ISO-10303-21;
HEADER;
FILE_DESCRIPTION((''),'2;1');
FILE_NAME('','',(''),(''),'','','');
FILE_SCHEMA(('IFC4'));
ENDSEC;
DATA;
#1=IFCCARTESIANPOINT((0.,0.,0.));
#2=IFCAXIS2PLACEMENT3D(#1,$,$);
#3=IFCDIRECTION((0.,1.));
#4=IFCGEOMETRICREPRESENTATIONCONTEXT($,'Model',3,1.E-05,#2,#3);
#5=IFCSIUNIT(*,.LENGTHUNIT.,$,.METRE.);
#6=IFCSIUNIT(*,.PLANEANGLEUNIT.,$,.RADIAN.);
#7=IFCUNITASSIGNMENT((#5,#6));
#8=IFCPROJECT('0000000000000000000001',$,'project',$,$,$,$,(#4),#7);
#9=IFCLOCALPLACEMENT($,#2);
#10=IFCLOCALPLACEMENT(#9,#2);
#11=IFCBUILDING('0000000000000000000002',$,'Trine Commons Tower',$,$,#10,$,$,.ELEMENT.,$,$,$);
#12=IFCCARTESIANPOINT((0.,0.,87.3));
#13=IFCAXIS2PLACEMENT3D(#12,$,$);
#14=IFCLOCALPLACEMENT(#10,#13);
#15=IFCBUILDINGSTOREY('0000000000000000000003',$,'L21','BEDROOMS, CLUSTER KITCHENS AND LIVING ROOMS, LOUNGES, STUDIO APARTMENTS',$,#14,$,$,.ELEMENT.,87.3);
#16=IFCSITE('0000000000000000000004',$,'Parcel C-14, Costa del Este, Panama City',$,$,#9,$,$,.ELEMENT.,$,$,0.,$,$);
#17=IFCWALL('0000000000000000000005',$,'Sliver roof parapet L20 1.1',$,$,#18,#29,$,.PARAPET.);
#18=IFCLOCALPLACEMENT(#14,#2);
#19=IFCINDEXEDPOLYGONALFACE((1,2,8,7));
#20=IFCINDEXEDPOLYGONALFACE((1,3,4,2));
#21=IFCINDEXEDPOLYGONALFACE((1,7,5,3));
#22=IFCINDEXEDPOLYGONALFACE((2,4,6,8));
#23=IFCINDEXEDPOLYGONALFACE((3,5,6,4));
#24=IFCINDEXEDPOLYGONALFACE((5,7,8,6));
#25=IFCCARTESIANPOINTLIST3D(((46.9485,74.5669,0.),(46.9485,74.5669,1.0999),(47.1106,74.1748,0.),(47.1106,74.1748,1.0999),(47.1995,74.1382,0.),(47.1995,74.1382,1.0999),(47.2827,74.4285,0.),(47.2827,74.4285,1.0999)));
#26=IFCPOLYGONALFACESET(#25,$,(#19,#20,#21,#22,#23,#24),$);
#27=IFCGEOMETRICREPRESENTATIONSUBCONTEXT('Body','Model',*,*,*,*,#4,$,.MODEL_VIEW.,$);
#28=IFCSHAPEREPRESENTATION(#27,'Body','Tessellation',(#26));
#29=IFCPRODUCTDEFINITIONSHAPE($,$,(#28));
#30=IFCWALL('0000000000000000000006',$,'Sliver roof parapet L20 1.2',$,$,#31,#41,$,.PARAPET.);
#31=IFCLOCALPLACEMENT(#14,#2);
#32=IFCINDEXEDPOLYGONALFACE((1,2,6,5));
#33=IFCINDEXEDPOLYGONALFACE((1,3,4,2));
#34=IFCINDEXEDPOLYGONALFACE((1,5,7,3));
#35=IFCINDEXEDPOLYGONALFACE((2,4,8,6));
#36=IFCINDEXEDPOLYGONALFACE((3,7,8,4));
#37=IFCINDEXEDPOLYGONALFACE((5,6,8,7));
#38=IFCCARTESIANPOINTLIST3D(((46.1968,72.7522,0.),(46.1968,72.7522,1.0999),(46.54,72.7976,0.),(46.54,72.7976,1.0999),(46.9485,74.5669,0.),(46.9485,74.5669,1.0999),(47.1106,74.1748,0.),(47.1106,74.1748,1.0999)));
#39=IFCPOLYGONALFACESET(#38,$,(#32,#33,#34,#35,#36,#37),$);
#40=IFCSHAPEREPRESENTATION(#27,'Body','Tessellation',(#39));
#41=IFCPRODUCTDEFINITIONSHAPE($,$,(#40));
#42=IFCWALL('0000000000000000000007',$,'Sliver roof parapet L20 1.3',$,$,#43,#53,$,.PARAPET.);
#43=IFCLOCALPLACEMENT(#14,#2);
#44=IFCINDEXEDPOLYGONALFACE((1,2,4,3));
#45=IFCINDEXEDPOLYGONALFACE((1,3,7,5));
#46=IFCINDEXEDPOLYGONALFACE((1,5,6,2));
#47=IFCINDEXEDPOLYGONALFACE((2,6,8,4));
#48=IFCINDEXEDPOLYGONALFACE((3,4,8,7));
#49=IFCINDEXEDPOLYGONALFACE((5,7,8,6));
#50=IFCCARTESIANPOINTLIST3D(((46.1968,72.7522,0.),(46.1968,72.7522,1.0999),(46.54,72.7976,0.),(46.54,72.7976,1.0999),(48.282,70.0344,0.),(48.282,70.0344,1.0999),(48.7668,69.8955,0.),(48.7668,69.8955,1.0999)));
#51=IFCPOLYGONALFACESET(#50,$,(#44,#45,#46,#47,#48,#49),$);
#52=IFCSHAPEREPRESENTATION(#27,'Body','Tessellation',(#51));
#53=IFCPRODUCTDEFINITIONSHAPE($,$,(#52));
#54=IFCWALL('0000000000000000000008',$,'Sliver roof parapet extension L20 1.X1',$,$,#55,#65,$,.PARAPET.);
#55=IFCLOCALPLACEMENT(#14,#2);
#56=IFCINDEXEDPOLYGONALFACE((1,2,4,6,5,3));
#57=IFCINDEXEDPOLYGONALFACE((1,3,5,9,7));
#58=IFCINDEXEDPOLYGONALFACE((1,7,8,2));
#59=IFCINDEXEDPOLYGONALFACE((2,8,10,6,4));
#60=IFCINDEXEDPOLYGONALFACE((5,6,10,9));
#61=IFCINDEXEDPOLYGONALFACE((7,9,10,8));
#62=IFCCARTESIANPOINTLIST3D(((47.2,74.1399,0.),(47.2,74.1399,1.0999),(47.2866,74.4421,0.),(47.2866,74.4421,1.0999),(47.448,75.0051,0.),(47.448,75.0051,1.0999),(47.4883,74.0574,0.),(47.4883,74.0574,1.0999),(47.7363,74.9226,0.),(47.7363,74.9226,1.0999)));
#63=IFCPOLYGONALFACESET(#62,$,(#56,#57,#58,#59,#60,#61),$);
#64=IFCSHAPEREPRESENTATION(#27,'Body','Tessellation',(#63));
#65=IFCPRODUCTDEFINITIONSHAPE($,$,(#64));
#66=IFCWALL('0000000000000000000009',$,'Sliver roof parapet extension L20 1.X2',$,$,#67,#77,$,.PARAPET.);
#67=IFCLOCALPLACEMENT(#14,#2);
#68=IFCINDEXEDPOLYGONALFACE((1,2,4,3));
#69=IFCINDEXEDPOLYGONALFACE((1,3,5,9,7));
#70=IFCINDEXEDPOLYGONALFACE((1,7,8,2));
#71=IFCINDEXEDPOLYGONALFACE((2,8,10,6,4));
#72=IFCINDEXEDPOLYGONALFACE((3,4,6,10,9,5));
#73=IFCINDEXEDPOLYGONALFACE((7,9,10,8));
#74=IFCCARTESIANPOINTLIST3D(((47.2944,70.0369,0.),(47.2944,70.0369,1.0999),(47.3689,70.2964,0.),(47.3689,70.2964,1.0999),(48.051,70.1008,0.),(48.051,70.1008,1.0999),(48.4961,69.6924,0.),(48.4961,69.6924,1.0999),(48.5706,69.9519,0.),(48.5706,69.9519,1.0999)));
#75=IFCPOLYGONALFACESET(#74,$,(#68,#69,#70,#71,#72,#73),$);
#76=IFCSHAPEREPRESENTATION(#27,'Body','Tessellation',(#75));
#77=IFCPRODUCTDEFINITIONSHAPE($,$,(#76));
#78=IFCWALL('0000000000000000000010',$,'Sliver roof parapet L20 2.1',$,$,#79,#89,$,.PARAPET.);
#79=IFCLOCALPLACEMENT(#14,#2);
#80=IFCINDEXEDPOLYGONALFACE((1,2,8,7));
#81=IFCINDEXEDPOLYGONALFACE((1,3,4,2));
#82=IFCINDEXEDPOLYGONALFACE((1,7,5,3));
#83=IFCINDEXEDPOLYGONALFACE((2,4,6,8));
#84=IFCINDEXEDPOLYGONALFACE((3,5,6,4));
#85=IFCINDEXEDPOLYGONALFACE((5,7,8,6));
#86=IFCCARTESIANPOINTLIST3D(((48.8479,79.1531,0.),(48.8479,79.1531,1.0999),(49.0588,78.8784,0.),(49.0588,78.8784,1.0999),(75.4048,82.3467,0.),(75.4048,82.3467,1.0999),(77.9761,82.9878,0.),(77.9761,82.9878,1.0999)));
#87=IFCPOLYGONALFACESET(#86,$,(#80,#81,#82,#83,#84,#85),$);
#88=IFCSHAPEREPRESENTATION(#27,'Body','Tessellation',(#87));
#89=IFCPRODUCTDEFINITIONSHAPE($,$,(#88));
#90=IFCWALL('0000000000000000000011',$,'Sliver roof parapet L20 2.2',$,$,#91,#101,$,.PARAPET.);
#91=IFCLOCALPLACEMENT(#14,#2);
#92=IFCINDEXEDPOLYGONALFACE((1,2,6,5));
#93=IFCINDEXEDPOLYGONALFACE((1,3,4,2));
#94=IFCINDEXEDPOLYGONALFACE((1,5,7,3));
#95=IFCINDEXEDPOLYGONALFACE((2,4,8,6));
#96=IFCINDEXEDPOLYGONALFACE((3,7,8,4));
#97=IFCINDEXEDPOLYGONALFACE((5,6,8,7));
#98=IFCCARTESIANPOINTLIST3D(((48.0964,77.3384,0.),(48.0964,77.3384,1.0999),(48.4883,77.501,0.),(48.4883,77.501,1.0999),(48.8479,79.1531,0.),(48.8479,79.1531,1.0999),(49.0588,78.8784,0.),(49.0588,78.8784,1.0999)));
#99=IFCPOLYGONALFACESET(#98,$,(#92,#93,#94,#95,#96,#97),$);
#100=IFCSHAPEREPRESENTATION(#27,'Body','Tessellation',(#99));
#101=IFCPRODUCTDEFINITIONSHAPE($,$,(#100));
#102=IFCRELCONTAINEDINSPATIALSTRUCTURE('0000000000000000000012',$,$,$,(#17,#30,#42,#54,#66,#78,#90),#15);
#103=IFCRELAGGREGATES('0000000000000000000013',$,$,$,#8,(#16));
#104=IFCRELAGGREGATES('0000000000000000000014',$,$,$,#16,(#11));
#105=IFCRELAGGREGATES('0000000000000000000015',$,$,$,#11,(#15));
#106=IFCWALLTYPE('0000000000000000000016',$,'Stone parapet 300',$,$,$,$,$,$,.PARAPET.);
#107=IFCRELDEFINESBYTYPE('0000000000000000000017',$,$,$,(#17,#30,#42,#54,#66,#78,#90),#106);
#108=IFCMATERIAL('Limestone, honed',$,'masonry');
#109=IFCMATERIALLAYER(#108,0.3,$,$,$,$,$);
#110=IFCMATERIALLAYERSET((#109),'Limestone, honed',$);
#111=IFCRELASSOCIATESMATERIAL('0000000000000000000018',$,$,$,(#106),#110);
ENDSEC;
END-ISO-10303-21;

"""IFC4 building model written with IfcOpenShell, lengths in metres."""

from ifc_helpers import new_model, si_unit, direction, frame, origin, place, context, subcontext, project, spatial, polyline, outline, extrude, material, layer, layer_set, type_object, element, save


model = new_model("IFC4")

# Units and contexts
model_context = context("Model", 3, precision=1e-05, world=origin(), true_north=direction((0.0, 1.0)))
body_context = subcontext(model_context, "Body", "Model", "MODEL_VIEW")
ifc_project = project(units=[si_unit("LENGTHUNIT", "METRE"), si_unit("PLANEANGLEUNIT", "RADIAN")], contexts=[model_context])

# Site, building, storey
site_placement = place(None, origin())
site = spatial("IfcSite", under=ifc_project, at=site_placement, Name="Parcel C-14, Costa del Este, Panama City", CompositionType="ELEMENT", RefElevation=0.0)
building_placement = place(site_placement, origin())
building = spatial("IfcBuilding", under=site, at=building_placement, Name="Trine Commons Tower", CompositionType="ELEMENT")
storey_placement = place(building_placement, frame((0.0, 0.0, 87.3)))
storey = spatial("IfcBuildingStorey", under=building, at=storey_placement, Name="L21", Description="BEDROOMS, CLUSTER KITCHENS AND LIVING ROOMS, LOUNGES, STUDIO APARTMENTS", CompositionType="ELEMENT", Elevation=87.3)

# Walls
ifc_material_1 = material(Name="Limestone, honed", Category="masonry")
ifc_layer_1 = layer(ifc_material_1, 0.3)
ifc_layer_set_1 = layer_set([ifc_layer_1], Name="Limestone, honed")
wall_type = type_object("IfcWallType", Name="Stone parapet 300", PredefinedType="PARAPET", material=ifc_layer_set_1)
wall_1_placement = place(storey_placement, origin())
element("IfcWall", 1, at=wall_1_placement, inside=storey, type_object=wall_type, Name="Sliver roof parapet L20 1.1", PredefinedType="PARAPET", context=body_context, shape_type="SweptSolid", body=[
    extrude(outline(polyline([(47.2827, 74.4285), (46.9485, 74.5669), (47.1106, 74.1748), (47.1995, 74.1382), (47.2827, 74.4285)])), origin(), (0.0, 0.0, 1.0), 1.0999),
])
wall_2_placement = place(storey_placement, origin())
element("IfcWall", 2, at=wall_2_placement, inside=storey, type_object=wall_type, Name="Sliver roof parapet L20 1.2", PredefinedType="PARAPET", context=body_context, shape_type="SweptSolid", body=[
    extrude(outline(polyline([(46.9485, 74.5669), (46.1968, 72.7522), (46.54, 72.7976), (47.1106, 74.1748), (46.9485, 74.5669)])), origin(), (0.0, 0.0, 1.0), 1.0999),
])
wall_3_placement = place(storey_placement, origin())
element("IfcWall", 3, at=wall_3_placement, inside=storey, type_object=wall_type, Name="Sliver roof parapet L20 1.3", PredefinedType="PARAPET", context=body_context, shape_type="SweptSolid", body=[
    extrude(outline(polyline([(46.1968, 72.7522), (48.282, 70.0344), (48.7668, 69.8955), (46.54, 72.7976), (46.1968, 72.7522)])), origin(), (0.0, 0.0, 1.0), 1.0999),
])
wall_4_placement = place(storey_placement, origin())
element("IfcWall", 4, at=wall_4_placement, inside=storey, type_object=wall_type, Name="Sliver roof parapet extension L20 1.X1", PredefinedType="PARAPET", context=body_context, shape_type="SweptSolid", body=[
    extrude(outline(polyline([(47.2, 74.1399), (47.4883, 74.0574), (47.7363, 74.9226), (47.448, 75.0051), (47.2866, 74.4421), (47.2, 74.1399)])), origin(), (0.0, 0.0, 1.0), 1.0999),
])
wall_5_placement = place(storey_placement, origin())
element("IfcWall", 5, at=wall_5_placement, inside=storey, type_object=wall_type, Name="Sliver roof parapet extension L20 1.X2", PredefinedType="PARAPET", context=body_context, shape_type="SweptSolid", body=[
    extrude(outline(polyline([(47.3689, 70.2964), (47.2944, 70.0369), (48.4961, 69.6924), (48.5706, 69.9519), (48.051, 70.1008), (47.3689, 70.2964)])), origin(), (0.0, 0.0, 1.0), 1.0999),
])
wall_6_placement = place(storey_placement, origin())
element("IfcWall", 6, at=wall_6_placement, inside=storey, type_object=wall_type, Name="Sliver roof parapet L20 2.1", PredefinedType="PARAPET", context=body_context, shape_type="SweptSolid", body=[
    extrude(outline(polyline([(77.9761, 82.9878), (48.8479, 79.1531), (49.0588, 78.8784), (75.4048, 82.3467), (77.9761, 82.9878)])), origin(), (0.0, 0.0, 1.0), 1.0999),
])
wall_7_placement = place(storey_placement, origin())
element("IfcWall", 7, at=wall_7_placement, inside=storey, type_object=wall_type, Name="Sliver roof parapet L20 2.2", PredefinedType="PARAPET", context=body_context, shape_type="SweptSolid", body=[
    extrude(outline(polyline([(48.8479, 79.1531), (48.0964, 77.3384), (48.4883, 77.501), (49.0588, 78.8784), (48.8479, 79.1531)])), origin(), (0.0, 0.0, 1.0), 1.0999),
])

save(model, "model.ifc")
